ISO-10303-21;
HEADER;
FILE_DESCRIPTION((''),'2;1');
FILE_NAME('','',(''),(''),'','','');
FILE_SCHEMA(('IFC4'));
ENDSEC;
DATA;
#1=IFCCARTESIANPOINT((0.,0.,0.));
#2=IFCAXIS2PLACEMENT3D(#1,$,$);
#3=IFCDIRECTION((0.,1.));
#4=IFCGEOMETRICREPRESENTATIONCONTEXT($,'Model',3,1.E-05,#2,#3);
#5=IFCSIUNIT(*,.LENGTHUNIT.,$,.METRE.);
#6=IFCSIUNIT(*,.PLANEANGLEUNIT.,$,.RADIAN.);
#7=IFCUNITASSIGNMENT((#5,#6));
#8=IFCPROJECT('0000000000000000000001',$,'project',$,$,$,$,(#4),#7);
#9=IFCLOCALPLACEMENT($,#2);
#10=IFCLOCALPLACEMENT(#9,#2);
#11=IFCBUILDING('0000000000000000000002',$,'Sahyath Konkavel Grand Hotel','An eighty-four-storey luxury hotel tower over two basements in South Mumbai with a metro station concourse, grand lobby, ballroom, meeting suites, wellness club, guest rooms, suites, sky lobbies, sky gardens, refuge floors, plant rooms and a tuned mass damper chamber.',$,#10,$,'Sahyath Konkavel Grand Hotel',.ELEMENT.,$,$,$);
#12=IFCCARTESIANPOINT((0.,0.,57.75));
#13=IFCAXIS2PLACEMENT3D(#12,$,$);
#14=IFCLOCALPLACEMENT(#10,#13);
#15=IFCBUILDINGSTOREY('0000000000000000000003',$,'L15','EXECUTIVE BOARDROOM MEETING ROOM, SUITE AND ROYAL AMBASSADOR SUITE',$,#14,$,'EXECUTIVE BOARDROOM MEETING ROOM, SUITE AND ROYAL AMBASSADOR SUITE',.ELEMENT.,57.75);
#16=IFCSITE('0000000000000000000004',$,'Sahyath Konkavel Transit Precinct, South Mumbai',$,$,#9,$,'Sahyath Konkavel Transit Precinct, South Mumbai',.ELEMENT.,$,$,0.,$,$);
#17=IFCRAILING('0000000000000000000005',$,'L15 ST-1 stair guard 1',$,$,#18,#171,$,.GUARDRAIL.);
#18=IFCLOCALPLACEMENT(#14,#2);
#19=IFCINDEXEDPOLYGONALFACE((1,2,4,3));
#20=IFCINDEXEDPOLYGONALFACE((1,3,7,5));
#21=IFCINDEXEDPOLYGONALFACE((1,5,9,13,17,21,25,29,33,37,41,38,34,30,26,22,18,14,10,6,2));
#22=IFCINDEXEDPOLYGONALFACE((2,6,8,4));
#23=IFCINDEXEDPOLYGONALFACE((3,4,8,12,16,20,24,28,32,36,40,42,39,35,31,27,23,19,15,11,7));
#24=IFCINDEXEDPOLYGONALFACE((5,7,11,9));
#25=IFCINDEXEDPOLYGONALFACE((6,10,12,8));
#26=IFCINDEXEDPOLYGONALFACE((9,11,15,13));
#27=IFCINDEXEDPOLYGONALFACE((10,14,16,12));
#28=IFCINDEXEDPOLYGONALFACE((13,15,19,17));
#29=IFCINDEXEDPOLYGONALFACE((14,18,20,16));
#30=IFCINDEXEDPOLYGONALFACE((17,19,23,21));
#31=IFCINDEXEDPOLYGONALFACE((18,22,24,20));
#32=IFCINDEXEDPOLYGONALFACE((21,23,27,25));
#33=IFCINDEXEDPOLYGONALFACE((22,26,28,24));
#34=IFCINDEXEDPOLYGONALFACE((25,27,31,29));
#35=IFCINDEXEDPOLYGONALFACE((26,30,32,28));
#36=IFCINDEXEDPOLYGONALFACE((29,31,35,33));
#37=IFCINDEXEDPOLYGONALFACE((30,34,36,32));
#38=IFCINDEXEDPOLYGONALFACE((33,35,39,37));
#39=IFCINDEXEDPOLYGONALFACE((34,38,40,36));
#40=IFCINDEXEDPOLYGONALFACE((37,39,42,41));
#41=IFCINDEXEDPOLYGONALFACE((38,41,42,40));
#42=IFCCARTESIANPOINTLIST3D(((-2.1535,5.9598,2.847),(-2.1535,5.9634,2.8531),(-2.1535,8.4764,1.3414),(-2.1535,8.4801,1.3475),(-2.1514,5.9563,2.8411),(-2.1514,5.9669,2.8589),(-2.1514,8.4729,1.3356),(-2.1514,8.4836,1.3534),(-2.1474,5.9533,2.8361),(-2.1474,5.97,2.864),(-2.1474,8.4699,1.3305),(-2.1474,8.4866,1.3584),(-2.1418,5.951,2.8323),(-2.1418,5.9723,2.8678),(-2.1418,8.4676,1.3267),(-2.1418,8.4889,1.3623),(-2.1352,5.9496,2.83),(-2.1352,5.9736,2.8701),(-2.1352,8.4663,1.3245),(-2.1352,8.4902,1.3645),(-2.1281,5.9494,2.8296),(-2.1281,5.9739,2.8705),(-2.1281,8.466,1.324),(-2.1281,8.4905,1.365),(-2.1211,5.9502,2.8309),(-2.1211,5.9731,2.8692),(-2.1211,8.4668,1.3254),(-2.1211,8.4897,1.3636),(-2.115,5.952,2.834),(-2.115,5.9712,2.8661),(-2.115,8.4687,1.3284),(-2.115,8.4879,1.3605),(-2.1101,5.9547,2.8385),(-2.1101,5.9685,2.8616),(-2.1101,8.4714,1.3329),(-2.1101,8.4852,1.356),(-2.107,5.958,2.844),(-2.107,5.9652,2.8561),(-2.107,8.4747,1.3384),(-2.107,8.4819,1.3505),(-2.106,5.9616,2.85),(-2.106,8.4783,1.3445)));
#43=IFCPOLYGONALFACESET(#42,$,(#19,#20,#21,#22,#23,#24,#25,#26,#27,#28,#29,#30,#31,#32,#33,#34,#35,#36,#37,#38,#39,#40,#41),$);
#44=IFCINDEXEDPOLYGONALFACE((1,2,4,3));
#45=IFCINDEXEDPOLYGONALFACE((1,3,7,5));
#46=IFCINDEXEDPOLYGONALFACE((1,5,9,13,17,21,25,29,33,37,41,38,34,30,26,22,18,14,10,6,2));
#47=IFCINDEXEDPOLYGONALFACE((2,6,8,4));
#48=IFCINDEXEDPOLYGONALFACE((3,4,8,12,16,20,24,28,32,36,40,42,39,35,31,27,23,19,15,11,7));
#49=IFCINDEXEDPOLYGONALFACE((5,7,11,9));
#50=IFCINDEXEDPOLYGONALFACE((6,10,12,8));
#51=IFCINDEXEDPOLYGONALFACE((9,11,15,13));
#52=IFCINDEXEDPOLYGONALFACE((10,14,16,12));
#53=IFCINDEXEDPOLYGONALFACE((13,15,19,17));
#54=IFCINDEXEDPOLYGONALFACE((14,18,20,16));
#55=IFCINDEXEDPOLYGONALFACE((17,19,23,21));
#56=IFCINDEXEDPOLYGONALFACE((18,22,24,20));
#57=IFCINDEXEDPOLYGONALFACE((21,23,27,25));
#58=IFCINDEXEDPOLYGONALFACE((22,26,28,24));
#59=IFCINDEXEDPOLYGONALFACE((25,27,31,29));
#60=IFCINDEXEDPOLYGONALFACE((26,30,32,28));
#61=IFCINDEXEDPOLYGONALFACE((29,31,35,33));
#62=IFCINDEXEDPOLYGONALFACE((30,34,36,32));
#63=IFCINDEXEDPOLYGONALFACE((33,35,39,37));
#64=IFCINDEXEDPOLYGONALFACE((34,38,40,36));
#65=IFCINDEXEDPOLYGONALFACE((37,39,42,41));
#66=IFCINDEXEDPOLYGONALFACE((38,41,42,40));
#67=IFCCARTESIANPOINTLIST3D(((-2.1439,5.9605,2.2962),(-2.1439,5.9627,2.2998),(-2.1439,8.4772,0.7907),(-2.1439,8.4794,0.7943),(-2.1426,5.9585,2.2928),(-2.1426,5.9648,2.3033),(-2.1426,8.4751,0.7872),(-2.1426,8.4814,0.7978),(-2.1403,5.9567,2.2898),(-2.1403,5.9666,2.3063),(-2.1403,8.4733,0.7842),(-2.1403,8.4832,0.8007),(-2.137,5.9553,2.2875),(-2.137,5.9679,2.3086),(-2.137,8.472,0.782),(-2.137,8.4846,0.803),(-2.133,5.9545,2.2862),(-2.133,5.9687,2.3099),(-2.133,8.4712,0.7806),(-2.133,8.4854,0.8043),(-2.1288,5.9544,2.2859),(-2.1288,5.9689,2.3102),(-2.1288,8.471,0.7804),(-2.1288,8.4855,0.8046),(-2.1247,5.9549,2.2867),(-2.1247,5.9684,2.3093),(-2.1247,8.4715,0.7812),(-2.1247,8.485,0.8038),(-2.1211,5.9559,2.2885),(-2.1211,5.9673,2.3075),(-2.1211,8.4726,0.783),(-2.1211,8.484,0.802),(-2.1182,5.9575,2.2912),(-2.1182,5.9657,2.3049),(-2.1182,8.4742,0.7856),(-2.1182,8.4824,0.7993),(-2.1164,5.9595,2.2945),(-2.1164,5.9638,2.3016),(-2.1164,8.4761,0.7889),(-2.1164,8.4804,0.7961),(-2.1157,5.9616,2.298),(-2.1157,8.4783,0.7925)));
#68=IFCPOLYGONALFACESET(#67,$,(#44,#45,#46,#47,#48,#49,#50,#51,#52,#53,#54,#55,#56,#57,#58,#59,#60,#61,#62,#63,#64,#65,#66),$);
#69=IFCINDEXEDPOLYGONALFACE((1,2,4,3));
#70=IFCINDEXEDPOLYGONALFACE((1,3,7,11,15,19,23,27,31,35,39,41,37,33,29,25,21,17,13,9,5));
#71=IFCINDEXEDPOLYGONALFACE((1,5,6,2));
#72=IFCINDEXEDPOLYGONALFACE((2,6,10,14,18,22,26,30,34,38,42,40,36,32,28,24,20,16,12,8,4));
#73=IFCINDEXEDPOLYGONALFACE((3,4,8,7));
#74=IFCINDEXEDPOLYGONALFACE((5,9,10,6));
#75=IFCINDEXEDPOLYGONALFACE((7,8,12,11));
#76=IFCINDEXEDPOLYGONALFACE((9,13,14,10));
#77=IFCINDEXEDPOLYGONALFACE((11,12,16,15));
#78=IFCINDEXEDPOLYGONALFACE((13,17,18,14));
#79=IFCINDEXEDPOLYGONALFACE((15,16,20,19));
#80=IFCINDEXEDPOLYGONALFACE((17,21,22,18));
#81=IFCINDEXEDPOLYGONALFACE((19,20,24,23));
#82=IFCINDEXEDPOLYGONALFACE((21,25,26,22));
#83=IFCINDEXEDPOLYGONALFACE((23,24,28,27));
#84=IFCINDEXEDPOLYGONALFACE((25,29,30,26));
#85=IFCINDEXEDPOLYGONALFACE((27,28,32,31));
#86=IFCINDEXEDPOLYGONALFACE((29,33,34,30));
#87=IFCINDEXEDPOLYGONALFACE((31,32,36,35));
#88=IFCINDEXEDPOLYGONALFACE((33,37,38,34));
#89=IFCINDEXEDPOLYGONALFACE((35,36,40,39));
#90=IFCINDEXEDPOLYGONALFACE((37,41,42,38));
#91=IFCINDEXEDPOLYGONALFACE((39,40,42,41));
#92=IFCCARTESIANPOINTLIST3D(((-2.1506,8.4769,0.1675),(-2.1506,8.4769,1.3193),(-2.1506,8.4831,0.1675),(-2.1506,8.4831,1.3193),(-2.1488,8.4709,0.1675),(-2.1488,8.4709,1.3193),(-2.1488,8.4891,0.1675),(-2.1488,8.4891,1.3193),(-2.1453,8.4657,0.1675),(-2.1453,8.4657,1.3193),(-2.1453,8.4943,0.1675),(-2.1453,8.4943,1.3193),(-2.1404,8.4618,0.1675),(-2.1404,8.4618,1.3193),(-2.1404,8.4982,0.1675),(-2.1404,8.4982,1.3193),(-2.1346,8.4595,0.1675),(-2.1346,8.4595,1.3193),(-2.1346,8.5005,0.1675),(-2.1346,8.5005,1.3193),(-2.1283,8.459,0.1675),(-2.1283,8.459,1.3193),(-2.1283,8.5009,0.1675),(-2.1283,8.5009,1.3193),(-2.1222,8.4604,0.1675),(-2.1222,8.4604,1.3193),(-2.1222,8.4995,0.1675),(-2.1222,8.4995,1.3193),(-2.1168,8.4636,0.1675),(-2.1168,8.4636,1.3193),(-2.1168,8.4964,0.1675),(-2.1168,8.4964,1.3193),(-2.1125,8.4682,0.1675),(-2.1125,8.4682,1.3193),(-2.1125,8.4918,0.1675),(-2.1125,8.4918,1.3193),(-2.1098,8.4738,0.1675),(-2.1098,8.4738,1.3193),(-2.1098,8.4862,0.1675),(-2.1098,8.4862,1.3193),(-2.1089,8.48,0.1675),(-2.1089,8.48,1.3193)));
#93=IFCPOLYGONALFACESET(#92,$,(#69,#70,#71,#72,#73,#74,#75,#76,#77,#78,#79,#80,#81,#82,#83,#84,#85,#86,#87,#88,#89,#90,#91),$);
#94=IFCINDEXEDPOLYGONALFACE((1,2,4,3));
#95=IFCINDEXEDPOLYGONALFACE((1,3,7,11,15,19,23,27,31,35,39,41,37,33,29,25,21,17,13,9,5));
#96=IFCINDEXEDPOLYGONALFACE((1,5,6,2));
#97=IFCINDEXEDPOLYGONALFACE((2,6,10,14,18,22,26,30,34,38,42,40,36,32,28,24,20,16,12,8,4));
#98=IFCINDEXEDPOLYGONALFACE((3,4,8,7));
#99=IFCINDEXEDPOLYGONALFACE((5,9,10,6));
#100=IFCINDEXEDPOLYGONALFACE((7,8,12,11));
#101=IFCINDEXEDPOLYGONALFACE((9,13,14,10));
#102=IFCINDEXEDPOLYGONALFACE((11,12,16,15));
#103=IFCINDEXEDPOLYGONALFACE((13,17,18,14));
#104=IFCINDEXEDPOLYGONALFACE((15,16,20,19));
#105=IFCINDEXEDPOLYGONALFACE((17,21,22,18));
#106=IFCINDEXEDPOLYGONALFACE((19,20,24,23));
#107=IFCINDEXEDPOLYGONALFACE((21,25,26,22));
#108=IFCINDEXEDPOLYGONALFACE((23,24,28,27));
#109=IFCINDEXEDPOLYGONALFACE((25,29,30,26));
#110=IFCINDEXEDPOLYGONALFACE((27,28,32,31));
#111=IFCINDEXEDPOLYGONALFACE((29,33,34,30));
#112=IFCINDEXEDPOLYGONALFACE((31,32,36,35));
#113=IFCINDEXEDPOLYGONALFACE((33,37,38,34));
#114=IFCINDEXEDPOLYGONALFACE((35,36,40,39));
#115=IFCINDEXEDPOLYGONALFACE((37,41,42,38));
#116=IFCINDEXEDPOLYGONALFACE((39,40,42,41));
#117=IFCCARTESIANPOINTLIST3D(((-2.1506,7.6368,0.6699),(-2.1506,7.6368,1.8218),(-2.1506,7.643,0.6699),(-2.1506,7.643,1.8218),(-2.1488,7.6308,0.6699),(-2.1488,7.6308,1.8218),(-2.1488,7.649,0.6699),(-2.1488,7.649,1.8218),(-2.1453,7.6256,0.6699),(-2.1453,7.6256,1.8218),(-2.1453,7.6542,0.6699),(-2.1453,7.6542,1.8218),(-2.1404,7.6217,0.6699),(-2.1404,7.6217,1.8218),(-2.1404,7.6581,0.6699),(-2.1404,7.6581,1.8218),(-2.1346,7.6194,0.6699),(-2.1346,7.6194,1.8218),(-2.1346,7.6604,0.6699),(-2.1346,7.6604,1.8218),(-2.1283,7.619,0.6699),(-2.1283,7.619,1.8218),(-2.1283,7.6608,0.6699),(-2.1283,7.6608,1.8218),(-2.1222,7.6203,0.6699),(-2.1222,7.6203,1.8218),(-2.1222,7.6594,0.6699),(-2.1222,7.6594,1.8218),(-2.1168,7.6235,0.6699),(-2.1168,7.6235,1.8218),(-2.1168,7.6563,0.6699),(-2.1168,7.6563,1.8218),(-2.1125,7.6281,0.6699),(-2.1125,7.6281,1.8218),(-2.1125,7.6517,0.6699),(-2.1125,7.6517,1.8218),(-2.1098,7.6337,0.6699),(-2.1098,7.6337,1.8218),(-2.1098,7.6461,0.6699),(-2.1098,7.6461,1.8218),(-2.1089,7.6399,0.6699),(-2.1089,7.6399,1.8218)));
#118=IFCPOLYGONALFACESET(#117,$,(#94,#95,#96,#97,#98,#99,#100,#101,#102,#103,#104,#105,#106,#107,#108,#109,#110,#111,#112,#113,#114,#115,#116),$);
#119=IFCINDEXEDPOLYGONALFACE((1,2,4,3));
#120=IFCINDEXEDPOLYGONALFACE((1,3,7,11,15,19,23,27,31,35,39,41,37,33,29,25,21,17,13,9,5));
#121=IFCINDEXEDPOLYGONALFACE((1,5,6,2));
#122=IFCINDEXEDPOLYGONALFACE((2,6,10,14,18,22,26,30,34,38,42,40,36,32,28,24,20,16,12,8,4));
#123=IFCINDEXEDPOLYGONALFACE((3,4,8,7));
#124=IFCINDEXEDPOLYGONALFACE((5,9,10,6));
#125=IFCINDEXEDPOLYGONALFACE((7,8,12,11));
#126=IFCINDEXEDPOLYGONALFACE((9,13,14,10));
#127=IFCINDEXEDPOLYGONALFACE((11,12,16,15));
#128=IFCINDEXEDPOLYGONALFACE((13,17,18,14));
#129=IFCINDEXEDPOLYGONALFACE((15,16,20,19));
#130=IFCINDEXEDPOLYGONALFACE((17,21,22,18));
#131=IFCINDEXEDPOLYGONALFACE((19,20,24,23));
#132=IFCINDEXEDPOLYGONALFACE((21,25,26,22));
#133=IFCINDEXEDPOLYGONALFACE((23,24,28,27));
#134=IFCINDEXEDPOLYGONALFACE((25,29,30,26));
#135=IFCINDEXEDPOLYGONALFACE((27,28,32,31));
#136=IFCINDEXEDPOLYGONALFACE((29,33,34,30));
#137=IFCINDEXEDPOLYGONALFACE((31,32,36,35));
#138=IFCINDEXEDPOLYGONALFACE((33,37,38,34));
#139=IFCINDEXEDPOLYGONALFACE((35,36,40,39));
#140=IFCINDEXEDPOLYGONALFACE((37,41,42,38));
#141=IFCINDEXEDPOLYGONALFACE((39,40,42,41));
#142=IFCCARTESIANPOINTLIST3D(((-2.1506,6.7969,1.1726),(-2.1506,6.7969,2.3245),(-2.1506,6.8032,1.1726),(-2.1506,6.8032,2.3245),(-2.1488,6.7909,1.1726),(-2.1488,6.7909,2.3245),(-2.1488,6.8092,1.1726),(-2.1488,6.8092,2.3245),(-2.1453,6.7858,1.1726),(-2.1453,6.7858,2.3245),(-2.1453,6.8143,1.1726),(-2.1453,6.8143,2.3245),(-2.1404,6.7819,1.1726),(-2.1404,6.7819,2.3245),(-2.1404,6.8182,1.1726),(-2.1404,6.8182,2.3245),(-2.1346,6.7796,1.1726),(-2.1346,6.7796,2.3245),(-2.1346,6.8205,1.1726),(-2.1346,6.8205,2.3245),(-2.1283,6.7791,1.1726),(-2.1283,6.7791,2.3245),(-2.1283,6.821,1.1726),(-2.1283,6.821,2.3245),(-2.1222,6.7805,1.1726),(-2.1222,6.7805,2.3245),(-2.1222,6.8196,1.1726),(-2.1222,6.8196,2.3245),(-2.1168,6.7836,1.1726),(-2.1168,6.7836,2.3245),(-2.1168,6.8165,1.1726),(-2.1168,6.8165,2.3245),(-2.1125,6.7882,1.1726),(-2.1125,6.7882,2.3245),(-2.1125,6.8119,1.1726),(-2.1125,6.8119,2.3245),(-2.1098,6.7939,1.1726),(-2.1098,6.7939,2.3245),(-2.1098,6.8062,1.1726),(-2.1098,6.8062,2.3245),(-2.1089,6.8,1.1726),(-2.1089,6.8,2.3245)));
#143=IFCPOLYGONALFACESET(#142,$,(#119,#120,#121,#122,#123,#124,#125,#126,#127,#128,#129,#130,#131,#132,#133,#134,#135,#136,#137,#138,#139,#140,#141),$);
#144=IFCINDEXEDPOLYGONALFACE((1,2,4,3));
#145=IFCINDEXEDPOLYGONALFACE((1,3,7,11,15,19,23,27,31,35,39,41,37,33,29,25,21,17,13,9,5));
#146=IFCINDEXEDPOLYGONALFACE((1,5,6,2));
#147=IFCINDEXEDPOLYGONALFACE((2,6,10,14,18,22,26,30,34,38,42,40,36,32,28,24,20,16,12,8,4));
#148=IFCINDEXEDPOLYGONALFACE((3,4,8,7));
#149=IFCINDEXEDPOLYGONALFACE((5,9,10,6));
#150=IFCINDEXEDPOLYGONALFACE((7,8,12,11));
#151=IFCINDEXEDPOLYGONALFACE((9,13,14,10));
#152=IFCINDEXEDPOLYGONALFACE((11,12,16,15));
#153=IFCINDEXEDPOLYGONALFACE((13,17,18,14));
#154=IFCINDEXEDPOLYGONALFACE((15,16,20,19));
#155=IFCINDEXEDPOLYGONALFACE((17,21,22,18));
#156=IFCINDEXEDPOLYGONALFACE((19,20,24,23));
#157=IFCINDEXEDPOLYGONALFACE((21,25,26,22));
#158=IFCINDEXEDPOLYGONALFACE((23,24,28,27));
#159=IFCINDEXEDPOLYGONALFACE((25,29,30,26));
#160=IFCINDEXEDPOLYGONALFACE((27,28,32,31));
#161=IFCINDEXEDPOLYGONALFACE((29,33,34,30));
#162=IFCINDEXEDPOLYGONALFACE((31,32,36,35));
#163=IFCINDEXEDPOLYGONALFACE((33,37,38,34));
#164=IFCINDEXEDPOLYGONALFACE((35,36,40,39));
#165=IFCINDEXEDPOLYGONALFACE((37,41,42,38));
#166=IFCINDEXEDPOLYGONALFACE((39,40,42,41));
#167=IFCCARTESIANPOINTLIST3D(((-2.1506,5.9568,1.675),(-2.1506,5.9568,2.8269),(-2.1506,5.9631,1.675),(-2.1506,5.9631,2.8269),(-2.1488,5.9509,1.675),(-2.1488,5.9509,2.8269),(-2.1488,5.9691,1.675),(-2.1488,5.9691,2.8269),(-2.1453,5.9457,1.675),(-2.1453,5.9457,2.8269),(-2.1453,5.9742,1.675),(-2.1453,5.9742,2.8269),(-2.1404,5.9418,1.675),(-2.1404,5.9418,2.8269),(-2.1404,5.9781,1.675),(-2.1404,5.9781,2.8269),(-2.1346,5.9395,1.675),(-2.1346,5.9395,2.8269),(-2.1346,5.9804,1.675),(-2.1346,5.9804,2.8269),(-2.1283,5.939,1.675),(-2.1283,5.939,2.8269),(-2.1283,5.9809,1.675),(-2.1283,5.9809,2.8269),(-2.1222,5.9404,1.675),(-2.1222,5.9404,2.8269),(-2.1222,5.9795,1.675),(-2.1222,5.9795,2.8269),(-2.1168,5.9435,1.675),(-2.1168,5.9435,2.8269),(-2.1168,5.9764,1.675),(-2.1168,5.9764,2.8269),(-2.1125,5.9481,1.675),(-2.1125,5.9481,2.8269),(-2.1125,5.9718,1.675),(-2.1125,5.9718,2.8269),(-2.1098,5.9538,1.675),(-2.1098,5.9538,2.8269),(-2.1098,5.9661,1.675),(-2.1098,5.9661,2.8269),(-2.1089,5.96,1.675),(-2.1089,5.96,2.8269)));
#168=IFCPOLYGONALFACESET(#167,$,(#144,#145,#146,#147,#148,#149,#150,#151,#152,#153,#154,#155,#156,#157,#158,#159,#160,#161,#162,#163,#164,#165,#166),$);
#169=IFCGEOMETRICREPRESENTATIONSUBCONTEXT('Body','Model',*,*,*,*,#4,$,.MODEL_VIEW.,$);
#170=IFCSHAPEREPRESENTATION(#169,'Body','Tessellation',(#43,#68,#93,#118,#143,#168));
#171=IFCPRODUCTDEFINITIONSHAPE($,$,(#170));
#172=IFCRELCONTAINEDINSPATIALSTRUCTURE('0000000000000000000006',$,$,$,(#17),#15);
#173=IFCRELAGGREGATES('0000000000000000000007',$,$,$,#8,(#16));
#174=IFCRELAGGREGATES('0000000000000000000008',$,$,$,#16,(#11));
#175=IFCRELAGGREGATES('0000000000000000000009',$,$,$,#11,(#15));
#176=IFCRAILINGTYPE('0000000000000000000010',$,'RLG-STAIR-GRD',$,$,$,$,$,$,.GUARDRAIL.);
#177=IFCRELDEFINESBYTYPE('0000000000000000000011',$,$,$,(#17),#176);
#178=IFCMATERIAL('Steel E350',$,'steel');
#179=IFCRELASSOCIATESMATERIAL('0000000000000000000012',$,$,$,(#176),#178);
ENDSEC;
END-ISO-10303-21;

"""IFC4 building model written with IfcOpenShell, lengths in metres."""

from ifc_helpers import new_model, si_unit, direction, frame, origin, origin_2d, place, context, subcontext, project, spatial, circle, extrude, material, type_object, element, save


model = new_model("IFC4")

# Units and contexts
model_context = context("Model", 3, precision=1e-05, world=origin(), true_north=direction((0.0, 1.0)))
body_context = subcontext(model_context, "Body", "Model", "MODEL_VIEW")
ifc_project = project(units=[si_unit("LENGTHUNIT", "METRE"), si_unit("PLANEANGLEUNIT", "RADIAN")], contexts=[model_context])

# Site, building, storey
site_placement = place(None, origin())
site = spatial("IfcSite", under=ifc_project, at=site_placement, Name="Sahyath Konkavel Transit Precinct, South Mumbai", LongName="Sahyath Konkavel Transit Precinct, South Mumbai", CompositionType="ELEMENT", RefElevation=0.0)
building_placement = place(site_placement, origin())
building = spatial("IfcBuilding", under=site, at=building_placement, Name="Sahyath Konkavel Grand Hotel", Description="An eighty-four-storey luxury hotel tower over two basements in South Mumbai with a metro station concourse, grand lobby, ballroom, meeting suites, wellness club, guest rooms, suites, sky lobbies, sky gardens, refuge floors, plant rooms and a tuned mass damper chamber.", LongName="Sahyath Konkavel Grand Hotel", CompositionType="ELEMENT")
storey_placement = place(building_placement, frame((0.0, 0.0, 57.75)))
storey = spatial("IfcBuildingStorey", under=building, at=storey_placement, Name="L15", Description="EXECUTIVE BOARDROOM MEETING ROOM, SUITE AND ROYAL AMBASSADOR SUITE", LongName="EXECUTIVE BOARDROOM MEETING ROOM, SUITE AND ROYAL AMBASSADOR SUITE", CompositionType="ELEMENT", Elevation=57.75)

# Shared definitions
ifc_material_1 = material(Name="Steel E350", Category="steel")

# Railing
railing_type_1 = type_object("IfcRailingType", Name="RLG-STAIR-GRD", PredefinedType="GUARDRAIL", material=ifc_material_1)
railing_1_placement = place(storey_placement, frame((-2.1299, 8.48, 0.1675)))
element("IfcRailing", 1, at=railing_1_placement, inside=storey, type_object=railing_type_1, Name="L15 ST-1 stair guard 1", PredefinedType="GUARDRAIL", context=body_context, shape_type="SweptSolid", body=[
    extrude(circle(Radius=0.0239, at=origin_2d()), frame((0.0, -0.0017, 1.177), z_axis=(0.0, -0.85816, 0.513383), x_axis=(1.0, 0.0, 0.0)), (0.0, 0.0, 1.0), 2.9326),
    extrude(circle(Radius=0.0142, at=origin_2d()), frame((0.0, -0.0017, 0.625), z_axis=(0.0, -0.85816, 0.513383), x_axis=(1.0, 0.0, 0.0)), (0.0, 0.0, 1.0), 2.9326),
    extrude(circle(Radius=0.021, at=origin_2d()), origin(), (0.0, 0.0, 1.0), 1.1519),
    extrude(circle(Radius=0.021, at=origin_2d()), frame((0.0, -0.8401, 0.5024)), (0.0, 0.0, 1.0), 1.1519),
    extrude(circle(Radius=0.021, at=origin_2d()), frame((0.0, -1.6799, 1.0051)), (0.0, 0.0, 1.0), 1.1519),
    extrude(circle(Radius=0.021, at=origin_2d()), frame((0.0, -2.52, 1.5076)), (0.0, 0.0, 1.0), 1.1519),
])

save(model, "model.ifc")
